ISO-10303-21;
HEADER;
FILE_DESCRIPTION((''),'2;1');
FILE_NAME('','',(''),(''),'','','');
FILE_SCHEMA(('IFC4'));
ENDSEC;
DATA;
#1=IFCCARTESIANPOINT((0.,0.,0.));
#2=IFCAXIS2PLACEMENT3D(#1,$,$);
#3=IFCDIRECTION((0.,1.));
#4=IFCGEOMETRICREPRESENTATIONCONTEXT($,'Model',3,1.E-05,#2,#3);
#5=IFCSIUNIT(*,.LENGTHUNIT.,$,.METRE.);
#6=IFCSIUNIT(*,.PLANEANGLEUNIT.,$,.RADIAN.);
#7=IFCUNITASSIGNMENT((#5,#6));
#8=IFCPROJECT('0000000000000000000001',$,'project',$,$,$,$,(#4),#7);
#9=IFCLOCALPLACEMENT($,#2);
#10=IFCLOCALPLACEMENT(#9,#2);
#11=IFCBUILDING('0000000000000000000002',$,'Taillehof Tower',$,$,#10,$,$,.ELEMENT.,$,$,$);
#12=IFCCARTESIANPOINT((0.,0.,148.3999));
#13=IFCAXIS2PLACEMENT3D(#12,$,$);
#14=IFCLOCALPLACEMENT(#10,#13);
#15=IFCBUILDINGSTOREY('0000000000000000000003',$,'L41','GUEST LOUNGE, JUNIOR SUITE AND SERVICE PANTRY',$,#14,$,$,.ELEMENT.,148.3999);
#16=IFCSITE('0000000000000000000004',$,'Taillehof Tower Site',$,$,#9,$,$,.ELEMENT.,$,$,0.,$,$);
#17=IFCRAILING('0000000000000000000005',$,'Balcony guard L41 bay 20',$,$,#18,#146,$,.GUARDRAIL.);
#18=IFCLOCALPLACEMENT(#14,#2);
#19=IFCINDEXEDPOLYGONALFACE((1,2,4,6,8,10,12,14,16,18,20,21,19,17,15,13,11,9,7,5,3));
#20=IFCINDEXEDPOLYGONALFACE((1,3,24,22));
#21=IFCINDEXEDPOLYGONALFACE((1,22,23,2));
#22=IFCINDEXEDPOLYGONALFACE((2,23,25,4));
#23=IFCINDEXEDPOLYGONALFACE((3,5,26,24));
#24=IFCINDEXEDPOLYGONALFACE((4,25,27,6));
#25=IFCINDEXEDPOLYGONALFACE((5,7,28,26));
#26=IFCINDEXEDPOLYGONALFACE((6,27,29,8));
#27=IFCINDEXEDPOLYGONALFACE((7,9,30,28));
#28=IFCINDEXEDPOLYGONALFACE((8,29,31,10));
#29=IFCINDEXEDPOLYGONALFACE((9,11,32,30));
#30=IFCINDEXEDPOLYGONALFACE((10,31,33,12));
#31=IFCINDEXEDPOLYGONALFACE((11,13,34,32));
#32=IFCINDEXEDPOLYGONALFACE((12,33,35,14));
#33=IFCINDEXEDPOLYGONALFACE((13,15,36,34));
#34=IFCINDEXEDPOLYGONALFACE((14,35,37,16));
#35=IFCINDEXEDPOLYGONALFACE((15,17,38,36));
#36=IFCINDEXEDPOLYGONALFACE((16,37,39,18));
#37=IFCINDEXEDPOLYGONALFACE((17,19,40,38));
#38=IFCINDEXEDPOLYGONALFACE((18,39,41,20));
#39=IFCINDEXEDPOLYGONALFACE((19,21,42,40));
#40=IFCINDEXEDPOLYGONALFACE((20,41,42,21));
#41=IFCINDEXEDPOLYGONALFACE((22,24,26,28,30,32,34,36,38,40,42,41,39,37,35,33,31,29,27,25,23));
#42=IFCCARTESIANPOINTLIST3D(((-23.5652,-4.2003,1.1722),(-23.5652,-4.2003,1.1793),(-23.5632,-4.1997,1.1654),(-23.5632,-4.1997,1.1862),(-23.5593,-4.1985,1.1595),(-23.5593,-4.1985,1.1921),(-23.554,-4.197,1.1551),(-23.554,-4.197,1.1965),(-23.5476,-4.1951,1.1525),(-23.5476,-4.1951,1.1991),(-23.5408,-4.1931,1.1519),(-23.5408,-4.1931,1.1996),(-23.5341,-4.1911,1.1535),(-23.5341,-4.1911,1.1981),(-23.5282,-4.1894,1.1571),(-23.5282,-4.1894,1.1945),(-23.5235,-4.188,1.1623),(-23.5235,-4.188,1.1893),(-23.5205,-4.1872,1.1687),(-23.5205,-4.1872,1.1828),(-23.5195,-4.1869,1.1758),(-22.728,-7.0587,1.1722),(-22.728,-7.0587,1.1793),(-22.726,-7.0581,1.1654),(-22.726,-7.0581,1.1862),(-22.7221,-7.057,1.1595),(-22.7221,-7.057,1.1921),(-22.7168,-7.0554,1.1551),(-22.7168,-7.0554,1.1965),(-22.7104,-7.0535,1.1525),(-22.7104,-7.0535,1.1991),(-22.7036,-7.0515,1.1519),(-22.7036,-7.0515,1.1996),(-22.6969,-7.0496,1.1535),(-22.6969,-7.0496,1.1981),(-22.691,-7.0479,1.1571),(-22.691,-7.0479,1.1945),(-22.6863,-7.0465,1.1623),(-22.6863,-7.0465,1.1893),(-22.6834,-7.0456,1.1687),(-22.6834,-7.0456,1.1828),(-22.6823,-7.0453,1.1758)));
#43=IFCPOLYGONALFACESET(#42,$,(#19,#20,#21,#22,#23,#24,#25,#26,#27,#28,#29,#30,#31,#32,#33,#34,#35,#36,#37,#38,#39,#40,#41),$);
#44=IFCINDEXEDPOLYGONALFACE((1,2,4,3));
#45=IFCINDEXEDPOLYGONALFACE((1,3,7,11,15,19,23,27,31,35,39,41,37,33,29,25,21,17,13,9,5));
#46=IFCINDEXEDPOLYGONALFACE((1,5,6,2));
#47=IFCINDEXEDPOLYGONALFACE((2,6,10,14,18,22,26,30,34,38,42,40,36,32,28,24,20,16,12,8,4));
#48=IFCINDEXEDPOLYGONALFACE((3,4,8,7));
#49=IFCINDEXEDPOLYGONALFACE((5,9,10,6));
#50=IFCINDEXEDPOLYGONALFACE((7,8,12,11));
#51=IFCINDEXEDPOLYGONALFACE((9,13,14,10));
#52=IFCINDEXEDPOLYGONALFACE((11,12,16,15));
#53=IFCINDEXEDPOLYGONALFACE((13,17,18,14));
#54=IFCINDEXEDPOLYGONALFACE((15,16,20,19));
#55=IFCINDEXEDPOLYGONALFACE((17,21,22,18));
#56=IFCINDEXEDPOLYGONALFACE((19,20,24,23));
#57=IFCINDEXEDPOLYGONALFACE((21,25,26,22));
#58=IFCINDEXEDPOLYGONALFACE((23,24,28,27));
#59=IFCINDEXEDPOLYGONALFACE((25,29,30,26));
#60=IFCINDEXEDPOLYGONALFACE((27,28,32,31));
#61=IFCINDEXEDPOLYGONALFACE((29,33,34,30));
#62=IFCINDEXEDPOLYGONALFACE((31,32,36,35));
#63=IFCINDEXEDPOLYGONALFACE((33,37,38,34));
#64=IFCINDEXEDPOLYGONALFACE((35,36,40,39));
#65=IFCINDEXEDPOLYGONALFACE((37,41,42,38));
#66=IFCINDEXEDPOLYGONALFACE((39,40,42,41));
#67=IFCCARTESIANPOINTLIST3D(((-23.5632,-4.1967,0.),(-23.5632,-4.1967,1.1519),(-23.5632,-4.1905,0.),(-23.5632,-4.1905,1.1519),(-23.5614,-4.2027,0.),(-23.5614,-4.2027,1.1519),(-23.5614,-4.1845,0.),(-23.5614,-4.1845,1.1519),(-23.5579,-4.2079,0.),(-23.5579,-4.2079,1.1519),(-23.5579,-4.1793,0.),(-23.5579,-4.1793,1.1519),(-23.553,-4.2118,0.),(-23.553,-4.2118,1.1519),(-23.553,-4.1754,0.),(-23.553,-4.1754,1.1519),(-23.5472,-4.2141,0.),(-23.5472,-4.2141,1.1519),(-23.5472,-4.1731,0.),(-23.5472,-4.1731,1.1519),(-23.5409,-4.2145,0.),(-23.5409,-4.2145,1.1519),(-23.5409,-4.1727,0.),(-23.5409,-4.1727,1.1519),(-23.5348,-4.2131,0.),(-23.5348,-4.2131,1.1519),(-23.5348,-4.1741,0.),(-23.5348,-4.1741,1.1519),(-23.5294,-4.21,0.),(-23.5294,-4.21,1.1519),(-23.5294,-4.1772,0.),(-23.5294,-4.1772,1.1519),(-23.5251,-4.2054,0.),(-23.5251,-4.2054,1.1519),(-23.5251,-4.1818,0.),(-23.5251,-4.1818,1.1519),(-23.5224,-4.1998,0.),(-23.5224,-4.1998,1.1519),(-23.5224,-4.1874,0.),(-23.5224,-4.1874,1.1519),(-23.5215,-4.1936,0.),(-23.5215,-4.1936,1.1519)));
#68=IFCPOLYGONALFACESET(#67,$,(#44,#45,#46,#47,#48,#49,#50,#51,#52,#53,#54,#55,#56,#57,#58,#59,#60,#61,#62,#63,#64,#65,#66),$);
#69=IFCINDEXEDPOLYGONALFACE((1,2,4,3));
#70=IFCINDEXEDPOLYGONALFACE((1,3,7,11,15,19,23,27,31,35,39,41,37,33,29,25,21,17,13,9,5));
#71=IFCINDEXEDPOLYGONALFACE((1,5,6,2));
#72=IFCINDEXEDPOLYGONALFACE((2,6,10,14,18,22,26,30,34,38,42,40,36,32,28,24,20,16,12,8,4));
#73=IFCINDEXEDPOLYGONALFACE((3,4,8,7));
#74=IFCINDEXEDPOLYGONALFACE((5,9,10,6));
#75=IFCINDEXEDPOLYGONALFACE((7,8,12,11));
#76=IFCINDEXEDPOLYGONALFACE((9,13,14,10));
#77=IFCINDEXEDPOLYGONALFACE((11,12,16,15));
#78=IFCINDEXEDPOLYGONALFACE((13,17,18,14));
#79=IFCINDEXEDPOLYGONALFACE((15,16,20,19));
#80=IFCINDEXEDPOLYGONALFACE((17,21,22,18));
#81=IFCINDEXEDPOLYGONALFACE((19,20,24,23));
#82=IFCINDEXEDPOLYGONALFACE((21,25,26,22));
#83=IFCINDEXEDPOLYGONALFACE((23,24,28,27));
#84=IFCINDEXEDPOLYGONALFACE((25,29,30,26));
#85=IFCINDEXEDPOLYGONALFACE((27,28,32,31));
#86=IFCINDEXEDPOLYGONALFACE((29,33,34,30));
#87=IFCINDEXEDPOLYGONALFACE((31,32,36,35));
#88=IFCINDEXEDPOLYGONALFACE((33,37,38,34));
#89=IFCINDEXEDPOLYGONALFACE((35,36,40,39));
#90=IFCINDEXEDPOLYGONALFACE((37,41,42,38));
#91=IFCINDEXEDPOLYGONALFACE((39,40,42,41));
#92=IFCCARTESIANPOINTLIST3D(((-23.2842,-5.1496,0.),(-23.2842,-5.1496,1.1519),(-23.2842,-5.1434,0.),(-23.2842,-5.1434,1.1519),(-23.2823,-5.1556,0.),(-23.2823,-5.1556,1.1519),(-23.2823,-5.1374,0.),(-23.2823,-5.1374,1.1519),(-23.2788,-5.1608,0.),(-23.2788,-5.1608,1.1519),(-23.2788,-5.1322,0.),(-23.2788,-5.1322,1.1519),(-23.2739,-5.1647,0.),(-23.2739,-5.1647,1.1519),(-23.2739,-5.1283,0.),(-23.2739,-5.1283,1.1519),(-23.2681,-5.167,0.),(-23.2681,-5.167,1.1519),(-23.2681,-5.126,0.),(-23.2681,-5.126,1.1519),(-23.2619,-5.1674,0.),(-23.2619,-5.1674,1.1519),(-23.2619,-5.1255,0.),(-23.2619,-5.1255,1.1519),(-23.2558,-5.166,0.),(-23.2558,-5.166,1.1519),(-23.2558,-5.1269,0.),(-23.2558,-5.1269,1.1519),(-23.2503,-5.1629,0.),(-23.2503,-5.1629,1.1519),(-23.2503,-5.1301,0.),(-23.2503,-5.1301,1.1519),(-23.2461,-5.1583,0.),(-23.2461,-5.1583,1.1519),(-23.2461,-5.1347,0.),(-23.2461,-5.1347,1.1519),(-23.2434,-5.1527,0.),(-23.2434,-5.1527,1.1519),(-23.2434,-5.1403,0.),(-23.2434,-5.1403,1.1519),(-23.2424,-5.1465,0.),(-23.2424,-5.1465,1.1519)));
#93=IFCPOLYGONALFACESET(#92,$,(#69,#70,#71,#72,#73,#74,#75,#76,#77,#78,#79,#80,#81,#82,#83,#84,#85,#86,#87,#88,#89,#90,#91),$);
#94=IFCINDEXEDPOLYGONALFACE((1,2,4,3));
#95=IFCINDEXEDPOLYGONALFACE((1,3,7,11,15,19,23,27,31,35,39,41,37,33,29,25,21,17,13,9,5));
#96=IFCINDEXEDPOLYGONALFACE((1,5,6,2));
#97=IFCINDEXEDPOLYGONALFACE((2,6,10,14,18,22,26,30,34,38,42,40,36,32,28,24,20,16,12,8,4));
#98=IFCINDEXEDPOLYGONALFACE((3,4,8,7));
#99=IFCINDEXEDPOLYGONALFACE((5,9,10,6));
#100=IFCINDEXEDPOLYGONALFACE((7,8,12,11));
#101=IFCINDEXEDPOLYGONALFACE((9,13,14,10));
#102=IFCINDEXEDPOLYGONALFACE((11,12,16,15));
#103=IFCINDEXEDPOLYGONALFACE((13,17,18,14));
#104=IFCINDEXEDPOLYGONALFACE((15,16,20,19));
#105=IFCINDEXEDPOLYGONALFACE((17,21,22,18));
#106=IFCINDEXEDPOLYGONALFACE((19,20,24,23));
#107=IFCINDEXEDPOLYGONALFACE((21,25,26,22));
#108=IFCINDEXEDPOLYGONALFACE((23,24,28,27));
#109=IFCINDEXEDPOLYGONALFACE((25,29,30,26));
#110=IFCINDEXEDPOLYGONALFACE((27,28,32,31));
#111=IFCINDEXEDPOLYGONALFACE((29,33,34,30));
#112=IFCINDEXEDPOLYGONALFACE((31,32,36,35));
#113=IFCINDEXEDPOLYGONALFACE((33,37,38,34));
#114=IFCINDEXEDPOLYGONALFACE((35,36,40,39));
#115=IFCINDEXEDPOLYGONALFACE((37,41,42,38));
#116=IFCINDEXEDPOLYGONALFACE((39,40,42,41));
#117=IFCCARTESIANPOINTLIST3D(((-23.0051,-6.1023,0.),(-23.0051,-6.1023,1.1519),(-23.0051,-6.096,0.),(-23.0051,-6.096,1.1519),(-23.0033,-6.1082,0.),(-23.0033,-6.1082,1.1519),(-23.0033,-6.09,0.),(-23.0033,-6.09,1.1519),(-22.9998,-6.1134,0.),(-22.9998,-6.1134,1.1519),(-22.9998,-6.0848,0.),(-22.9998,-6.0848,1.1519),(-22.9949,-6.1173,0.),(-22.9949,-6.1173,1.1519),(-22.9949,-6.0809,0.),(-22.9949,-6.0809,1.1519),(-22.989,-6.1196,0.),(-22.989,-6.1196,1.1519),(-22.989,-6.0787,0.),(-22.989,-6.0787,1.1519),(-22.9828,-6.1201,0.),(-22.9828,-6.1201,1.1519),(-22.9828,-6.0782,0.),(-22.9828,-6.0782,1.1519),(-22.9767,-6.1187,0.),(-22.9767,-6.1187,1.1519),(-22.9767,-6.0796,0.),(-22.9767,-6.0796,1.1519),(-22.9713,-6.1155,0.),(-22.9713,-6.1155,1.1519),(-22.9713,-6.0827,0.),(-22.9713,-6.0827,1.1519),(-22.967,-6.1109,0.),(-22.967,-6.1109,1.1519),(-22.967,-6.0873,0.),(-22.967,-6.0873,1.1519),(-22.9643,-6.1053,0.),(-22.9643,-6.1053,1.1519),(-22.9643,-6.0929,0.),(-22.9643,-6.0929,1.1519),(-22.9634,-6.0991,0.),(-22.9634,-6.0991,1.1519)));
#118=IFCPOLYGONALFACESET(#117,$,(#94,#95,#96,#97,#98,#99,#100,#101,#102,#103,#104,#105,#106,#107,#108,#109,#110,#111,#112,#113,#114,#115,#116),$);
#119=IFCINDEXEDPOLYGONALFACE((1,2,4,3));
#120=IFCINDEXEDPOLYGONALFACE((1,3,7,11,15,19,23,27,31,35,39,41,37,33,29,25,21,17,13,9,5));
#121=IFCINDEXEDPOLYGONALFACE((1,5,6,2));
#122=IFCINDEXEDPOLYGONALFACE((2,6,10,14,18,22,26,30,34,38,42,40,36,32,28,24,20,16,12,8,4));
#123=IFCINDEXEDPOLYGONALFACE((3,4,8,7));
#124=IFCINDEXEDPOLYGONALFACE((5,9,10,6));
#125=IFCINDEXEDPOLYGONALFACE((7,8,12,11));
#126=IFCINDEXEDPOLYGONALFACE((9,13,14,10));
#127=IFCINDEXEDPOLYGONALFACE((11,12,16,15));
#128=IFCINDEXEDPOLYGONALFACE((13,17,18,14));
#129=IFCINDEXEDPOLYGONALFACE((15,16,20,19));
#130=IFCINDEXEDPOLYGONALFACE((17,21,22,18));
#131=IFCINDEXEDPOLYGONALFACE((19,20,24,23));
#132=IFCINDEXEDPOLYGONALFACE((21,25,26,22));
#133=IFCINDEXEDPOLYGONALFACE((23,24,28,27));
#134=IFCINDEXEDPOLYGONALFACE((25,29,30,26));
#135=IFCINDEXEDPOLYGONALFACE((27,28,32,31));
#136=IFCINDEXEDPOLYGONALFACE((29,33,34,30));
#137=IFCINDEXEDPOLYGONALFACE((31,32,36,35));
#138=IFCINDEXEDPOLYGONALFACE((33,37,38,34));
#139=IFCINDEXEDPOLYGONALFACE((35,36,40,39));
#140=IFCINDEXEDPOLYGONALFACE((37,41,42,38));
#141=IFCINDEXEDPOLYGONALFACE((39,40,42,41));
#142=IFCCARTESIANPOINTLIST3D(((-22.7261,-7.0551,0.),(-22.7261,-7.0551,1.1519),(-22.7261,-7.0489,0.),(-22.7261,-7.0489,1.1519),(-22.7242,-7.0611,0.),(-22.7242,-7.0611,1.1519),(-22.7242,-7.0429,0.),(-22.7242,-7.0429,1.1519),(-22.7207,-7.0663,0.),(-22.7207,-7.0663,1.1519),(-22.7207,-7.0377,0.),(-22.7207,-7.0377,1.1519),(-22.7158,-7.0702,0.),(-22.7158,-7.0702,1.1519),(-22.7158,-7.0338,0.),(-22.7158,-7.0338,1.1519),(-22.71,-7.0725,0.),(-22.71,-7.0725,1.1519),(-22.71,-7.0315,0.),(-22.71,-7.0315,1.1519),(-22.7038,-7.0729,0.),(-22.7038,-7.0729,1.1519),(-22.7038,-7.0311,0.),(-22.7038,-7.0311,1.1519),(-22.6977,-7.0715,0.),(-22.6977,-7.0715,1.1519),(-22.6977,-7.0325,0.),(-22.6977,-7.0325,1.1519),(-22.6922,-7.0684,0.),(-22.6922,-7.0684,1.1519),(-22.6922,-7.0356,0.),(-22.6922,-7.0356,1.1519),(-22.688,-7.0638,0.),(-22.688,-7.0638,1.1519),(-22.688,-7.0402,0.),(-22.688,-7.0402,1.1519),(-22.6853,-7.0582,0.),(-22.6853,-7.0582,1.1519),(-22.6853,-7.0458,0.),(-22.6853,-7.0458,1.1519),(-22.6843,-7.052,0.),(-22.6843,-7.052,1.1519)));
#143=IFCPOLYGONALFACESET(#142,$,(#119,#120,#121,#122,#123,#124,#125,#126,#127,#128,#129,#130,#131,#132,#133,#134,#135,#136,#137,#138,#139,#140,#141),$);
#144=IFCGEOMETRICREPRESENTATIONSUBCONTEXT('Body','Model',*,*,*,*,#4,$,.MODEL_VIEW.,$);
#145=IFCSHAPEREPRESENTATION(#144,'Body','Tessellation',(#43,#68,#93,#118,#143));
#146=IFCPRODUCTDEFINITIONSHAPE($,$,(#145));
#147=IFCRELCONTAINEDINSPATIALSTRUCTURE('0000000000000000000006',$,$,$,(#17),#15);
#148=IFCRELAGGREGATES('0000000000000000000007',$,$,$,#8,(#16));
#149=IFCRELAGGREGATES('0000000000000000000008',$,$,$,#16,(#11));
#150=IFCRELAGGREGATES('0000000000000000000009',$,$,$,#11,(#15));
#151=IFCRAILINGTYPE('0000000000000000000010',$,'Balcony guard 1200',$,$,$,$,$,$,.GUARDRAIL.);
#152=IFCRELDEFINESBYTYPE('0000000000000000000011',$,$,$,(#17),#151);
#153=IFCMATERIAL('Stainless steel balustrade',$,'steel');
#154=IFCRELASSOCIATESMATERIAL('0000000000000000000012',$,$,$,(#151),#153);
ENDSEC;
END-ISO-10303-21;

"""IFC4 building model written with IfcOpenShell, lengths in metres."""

from ifc_helpers import new_model, si_unit, direction, frame, origin, origin_2d, place, context, subcontext, project, spatial, circle, extrude, material, type_object, element, save


model = new_model("IFC4")

# Units and contexts
model_context = context("Model", 3, precision=1e-05, world=origin(), true_north=direction((0.0, 1.0)))
body_context = subcontext(model_context, "Body", "Model", "MODEL_VIEW")
ifc_project = project(units=[si_unit("LENGTHUNIT", "METRE"), si_unit("PLANEANGLEUNIT", "RADIAN")], contexts=[model_context])

# Site, building, storey
site_placement = place(None, origin())
site = spatial("IfcSite", under=ifc_project, at=site_placement, Name="Taillehof Tower Site", CompositionType="ELEMENT", RefElevation=0.0)
building_placement = place(site_placement, origin())
building = spatial("IfcBuilding", under=site, at=building_placement, Name="Taillehof Tower", CompositionType="ELEMENT")
storey_placement = place(building_placement, frame((0.0, 0.0, 148.3999)))
storey = spatial("IfcBuildingStorey", under=building, at=storey_placement, Name="L41", Description="GUEST LOUNGE, JUNIOR SUITE AND SERVICE PANTRY", CompositionType="ELEMENT", Elevation=148.3999)

# Railing
ifc_material_1 = material(Name="Stainless steel balustrade", Category="steel")
railing_type = type_object("IfcRailingType", Name="Balcony guard 1200", PredefinedType="GUARDRAIL", material=ifc_material_1)
railing_1_placement = place(storey_placement, frame((-23.5425, -4.1936, 0.0)))
element("IfcRailing", 1, at=railing_1_placement, inside=storey, type_object=railing_type, Name="Balcony guard L41 bay 20", PredefinedType="GUARDRAIL", context=body_context, shape_type="SweptSolid", body=[
    extrude(circle(Radius=0.0239, at=origin_2d()), frame((0.0, 0.0, 1.1758), z_axis=(0.28107, -0.959687, 0.0), x_axis=(0.959687, 0.28107, 0.0)), (0.0, 0.0, 1.0), 2.9785),
    extrude(circle(Radius=0.021, at=origin_2d()), origin(), (0.0, 0.0, 1.0), 1.1519),
    extrude(circle(Radius=0.021, at=origin_2d()), frame((0.2791, -0.9529, 0.0)), (0.0, 0.0, 1.0), 1.1519),
    extrude(circle(Radius=0.021, at=origin_2d()), frame((0.5581, -1.9055, 0.0)), (0.0, 0.0, 1.0), 1.1519),
    extrude(circle(Radius=0.021, at=origin_2d()), frame((0.8372, -2.8584, 0.0)), (0.0, 0.0, 1.0), 1.1519),
])

save(model, "model.ifc")
